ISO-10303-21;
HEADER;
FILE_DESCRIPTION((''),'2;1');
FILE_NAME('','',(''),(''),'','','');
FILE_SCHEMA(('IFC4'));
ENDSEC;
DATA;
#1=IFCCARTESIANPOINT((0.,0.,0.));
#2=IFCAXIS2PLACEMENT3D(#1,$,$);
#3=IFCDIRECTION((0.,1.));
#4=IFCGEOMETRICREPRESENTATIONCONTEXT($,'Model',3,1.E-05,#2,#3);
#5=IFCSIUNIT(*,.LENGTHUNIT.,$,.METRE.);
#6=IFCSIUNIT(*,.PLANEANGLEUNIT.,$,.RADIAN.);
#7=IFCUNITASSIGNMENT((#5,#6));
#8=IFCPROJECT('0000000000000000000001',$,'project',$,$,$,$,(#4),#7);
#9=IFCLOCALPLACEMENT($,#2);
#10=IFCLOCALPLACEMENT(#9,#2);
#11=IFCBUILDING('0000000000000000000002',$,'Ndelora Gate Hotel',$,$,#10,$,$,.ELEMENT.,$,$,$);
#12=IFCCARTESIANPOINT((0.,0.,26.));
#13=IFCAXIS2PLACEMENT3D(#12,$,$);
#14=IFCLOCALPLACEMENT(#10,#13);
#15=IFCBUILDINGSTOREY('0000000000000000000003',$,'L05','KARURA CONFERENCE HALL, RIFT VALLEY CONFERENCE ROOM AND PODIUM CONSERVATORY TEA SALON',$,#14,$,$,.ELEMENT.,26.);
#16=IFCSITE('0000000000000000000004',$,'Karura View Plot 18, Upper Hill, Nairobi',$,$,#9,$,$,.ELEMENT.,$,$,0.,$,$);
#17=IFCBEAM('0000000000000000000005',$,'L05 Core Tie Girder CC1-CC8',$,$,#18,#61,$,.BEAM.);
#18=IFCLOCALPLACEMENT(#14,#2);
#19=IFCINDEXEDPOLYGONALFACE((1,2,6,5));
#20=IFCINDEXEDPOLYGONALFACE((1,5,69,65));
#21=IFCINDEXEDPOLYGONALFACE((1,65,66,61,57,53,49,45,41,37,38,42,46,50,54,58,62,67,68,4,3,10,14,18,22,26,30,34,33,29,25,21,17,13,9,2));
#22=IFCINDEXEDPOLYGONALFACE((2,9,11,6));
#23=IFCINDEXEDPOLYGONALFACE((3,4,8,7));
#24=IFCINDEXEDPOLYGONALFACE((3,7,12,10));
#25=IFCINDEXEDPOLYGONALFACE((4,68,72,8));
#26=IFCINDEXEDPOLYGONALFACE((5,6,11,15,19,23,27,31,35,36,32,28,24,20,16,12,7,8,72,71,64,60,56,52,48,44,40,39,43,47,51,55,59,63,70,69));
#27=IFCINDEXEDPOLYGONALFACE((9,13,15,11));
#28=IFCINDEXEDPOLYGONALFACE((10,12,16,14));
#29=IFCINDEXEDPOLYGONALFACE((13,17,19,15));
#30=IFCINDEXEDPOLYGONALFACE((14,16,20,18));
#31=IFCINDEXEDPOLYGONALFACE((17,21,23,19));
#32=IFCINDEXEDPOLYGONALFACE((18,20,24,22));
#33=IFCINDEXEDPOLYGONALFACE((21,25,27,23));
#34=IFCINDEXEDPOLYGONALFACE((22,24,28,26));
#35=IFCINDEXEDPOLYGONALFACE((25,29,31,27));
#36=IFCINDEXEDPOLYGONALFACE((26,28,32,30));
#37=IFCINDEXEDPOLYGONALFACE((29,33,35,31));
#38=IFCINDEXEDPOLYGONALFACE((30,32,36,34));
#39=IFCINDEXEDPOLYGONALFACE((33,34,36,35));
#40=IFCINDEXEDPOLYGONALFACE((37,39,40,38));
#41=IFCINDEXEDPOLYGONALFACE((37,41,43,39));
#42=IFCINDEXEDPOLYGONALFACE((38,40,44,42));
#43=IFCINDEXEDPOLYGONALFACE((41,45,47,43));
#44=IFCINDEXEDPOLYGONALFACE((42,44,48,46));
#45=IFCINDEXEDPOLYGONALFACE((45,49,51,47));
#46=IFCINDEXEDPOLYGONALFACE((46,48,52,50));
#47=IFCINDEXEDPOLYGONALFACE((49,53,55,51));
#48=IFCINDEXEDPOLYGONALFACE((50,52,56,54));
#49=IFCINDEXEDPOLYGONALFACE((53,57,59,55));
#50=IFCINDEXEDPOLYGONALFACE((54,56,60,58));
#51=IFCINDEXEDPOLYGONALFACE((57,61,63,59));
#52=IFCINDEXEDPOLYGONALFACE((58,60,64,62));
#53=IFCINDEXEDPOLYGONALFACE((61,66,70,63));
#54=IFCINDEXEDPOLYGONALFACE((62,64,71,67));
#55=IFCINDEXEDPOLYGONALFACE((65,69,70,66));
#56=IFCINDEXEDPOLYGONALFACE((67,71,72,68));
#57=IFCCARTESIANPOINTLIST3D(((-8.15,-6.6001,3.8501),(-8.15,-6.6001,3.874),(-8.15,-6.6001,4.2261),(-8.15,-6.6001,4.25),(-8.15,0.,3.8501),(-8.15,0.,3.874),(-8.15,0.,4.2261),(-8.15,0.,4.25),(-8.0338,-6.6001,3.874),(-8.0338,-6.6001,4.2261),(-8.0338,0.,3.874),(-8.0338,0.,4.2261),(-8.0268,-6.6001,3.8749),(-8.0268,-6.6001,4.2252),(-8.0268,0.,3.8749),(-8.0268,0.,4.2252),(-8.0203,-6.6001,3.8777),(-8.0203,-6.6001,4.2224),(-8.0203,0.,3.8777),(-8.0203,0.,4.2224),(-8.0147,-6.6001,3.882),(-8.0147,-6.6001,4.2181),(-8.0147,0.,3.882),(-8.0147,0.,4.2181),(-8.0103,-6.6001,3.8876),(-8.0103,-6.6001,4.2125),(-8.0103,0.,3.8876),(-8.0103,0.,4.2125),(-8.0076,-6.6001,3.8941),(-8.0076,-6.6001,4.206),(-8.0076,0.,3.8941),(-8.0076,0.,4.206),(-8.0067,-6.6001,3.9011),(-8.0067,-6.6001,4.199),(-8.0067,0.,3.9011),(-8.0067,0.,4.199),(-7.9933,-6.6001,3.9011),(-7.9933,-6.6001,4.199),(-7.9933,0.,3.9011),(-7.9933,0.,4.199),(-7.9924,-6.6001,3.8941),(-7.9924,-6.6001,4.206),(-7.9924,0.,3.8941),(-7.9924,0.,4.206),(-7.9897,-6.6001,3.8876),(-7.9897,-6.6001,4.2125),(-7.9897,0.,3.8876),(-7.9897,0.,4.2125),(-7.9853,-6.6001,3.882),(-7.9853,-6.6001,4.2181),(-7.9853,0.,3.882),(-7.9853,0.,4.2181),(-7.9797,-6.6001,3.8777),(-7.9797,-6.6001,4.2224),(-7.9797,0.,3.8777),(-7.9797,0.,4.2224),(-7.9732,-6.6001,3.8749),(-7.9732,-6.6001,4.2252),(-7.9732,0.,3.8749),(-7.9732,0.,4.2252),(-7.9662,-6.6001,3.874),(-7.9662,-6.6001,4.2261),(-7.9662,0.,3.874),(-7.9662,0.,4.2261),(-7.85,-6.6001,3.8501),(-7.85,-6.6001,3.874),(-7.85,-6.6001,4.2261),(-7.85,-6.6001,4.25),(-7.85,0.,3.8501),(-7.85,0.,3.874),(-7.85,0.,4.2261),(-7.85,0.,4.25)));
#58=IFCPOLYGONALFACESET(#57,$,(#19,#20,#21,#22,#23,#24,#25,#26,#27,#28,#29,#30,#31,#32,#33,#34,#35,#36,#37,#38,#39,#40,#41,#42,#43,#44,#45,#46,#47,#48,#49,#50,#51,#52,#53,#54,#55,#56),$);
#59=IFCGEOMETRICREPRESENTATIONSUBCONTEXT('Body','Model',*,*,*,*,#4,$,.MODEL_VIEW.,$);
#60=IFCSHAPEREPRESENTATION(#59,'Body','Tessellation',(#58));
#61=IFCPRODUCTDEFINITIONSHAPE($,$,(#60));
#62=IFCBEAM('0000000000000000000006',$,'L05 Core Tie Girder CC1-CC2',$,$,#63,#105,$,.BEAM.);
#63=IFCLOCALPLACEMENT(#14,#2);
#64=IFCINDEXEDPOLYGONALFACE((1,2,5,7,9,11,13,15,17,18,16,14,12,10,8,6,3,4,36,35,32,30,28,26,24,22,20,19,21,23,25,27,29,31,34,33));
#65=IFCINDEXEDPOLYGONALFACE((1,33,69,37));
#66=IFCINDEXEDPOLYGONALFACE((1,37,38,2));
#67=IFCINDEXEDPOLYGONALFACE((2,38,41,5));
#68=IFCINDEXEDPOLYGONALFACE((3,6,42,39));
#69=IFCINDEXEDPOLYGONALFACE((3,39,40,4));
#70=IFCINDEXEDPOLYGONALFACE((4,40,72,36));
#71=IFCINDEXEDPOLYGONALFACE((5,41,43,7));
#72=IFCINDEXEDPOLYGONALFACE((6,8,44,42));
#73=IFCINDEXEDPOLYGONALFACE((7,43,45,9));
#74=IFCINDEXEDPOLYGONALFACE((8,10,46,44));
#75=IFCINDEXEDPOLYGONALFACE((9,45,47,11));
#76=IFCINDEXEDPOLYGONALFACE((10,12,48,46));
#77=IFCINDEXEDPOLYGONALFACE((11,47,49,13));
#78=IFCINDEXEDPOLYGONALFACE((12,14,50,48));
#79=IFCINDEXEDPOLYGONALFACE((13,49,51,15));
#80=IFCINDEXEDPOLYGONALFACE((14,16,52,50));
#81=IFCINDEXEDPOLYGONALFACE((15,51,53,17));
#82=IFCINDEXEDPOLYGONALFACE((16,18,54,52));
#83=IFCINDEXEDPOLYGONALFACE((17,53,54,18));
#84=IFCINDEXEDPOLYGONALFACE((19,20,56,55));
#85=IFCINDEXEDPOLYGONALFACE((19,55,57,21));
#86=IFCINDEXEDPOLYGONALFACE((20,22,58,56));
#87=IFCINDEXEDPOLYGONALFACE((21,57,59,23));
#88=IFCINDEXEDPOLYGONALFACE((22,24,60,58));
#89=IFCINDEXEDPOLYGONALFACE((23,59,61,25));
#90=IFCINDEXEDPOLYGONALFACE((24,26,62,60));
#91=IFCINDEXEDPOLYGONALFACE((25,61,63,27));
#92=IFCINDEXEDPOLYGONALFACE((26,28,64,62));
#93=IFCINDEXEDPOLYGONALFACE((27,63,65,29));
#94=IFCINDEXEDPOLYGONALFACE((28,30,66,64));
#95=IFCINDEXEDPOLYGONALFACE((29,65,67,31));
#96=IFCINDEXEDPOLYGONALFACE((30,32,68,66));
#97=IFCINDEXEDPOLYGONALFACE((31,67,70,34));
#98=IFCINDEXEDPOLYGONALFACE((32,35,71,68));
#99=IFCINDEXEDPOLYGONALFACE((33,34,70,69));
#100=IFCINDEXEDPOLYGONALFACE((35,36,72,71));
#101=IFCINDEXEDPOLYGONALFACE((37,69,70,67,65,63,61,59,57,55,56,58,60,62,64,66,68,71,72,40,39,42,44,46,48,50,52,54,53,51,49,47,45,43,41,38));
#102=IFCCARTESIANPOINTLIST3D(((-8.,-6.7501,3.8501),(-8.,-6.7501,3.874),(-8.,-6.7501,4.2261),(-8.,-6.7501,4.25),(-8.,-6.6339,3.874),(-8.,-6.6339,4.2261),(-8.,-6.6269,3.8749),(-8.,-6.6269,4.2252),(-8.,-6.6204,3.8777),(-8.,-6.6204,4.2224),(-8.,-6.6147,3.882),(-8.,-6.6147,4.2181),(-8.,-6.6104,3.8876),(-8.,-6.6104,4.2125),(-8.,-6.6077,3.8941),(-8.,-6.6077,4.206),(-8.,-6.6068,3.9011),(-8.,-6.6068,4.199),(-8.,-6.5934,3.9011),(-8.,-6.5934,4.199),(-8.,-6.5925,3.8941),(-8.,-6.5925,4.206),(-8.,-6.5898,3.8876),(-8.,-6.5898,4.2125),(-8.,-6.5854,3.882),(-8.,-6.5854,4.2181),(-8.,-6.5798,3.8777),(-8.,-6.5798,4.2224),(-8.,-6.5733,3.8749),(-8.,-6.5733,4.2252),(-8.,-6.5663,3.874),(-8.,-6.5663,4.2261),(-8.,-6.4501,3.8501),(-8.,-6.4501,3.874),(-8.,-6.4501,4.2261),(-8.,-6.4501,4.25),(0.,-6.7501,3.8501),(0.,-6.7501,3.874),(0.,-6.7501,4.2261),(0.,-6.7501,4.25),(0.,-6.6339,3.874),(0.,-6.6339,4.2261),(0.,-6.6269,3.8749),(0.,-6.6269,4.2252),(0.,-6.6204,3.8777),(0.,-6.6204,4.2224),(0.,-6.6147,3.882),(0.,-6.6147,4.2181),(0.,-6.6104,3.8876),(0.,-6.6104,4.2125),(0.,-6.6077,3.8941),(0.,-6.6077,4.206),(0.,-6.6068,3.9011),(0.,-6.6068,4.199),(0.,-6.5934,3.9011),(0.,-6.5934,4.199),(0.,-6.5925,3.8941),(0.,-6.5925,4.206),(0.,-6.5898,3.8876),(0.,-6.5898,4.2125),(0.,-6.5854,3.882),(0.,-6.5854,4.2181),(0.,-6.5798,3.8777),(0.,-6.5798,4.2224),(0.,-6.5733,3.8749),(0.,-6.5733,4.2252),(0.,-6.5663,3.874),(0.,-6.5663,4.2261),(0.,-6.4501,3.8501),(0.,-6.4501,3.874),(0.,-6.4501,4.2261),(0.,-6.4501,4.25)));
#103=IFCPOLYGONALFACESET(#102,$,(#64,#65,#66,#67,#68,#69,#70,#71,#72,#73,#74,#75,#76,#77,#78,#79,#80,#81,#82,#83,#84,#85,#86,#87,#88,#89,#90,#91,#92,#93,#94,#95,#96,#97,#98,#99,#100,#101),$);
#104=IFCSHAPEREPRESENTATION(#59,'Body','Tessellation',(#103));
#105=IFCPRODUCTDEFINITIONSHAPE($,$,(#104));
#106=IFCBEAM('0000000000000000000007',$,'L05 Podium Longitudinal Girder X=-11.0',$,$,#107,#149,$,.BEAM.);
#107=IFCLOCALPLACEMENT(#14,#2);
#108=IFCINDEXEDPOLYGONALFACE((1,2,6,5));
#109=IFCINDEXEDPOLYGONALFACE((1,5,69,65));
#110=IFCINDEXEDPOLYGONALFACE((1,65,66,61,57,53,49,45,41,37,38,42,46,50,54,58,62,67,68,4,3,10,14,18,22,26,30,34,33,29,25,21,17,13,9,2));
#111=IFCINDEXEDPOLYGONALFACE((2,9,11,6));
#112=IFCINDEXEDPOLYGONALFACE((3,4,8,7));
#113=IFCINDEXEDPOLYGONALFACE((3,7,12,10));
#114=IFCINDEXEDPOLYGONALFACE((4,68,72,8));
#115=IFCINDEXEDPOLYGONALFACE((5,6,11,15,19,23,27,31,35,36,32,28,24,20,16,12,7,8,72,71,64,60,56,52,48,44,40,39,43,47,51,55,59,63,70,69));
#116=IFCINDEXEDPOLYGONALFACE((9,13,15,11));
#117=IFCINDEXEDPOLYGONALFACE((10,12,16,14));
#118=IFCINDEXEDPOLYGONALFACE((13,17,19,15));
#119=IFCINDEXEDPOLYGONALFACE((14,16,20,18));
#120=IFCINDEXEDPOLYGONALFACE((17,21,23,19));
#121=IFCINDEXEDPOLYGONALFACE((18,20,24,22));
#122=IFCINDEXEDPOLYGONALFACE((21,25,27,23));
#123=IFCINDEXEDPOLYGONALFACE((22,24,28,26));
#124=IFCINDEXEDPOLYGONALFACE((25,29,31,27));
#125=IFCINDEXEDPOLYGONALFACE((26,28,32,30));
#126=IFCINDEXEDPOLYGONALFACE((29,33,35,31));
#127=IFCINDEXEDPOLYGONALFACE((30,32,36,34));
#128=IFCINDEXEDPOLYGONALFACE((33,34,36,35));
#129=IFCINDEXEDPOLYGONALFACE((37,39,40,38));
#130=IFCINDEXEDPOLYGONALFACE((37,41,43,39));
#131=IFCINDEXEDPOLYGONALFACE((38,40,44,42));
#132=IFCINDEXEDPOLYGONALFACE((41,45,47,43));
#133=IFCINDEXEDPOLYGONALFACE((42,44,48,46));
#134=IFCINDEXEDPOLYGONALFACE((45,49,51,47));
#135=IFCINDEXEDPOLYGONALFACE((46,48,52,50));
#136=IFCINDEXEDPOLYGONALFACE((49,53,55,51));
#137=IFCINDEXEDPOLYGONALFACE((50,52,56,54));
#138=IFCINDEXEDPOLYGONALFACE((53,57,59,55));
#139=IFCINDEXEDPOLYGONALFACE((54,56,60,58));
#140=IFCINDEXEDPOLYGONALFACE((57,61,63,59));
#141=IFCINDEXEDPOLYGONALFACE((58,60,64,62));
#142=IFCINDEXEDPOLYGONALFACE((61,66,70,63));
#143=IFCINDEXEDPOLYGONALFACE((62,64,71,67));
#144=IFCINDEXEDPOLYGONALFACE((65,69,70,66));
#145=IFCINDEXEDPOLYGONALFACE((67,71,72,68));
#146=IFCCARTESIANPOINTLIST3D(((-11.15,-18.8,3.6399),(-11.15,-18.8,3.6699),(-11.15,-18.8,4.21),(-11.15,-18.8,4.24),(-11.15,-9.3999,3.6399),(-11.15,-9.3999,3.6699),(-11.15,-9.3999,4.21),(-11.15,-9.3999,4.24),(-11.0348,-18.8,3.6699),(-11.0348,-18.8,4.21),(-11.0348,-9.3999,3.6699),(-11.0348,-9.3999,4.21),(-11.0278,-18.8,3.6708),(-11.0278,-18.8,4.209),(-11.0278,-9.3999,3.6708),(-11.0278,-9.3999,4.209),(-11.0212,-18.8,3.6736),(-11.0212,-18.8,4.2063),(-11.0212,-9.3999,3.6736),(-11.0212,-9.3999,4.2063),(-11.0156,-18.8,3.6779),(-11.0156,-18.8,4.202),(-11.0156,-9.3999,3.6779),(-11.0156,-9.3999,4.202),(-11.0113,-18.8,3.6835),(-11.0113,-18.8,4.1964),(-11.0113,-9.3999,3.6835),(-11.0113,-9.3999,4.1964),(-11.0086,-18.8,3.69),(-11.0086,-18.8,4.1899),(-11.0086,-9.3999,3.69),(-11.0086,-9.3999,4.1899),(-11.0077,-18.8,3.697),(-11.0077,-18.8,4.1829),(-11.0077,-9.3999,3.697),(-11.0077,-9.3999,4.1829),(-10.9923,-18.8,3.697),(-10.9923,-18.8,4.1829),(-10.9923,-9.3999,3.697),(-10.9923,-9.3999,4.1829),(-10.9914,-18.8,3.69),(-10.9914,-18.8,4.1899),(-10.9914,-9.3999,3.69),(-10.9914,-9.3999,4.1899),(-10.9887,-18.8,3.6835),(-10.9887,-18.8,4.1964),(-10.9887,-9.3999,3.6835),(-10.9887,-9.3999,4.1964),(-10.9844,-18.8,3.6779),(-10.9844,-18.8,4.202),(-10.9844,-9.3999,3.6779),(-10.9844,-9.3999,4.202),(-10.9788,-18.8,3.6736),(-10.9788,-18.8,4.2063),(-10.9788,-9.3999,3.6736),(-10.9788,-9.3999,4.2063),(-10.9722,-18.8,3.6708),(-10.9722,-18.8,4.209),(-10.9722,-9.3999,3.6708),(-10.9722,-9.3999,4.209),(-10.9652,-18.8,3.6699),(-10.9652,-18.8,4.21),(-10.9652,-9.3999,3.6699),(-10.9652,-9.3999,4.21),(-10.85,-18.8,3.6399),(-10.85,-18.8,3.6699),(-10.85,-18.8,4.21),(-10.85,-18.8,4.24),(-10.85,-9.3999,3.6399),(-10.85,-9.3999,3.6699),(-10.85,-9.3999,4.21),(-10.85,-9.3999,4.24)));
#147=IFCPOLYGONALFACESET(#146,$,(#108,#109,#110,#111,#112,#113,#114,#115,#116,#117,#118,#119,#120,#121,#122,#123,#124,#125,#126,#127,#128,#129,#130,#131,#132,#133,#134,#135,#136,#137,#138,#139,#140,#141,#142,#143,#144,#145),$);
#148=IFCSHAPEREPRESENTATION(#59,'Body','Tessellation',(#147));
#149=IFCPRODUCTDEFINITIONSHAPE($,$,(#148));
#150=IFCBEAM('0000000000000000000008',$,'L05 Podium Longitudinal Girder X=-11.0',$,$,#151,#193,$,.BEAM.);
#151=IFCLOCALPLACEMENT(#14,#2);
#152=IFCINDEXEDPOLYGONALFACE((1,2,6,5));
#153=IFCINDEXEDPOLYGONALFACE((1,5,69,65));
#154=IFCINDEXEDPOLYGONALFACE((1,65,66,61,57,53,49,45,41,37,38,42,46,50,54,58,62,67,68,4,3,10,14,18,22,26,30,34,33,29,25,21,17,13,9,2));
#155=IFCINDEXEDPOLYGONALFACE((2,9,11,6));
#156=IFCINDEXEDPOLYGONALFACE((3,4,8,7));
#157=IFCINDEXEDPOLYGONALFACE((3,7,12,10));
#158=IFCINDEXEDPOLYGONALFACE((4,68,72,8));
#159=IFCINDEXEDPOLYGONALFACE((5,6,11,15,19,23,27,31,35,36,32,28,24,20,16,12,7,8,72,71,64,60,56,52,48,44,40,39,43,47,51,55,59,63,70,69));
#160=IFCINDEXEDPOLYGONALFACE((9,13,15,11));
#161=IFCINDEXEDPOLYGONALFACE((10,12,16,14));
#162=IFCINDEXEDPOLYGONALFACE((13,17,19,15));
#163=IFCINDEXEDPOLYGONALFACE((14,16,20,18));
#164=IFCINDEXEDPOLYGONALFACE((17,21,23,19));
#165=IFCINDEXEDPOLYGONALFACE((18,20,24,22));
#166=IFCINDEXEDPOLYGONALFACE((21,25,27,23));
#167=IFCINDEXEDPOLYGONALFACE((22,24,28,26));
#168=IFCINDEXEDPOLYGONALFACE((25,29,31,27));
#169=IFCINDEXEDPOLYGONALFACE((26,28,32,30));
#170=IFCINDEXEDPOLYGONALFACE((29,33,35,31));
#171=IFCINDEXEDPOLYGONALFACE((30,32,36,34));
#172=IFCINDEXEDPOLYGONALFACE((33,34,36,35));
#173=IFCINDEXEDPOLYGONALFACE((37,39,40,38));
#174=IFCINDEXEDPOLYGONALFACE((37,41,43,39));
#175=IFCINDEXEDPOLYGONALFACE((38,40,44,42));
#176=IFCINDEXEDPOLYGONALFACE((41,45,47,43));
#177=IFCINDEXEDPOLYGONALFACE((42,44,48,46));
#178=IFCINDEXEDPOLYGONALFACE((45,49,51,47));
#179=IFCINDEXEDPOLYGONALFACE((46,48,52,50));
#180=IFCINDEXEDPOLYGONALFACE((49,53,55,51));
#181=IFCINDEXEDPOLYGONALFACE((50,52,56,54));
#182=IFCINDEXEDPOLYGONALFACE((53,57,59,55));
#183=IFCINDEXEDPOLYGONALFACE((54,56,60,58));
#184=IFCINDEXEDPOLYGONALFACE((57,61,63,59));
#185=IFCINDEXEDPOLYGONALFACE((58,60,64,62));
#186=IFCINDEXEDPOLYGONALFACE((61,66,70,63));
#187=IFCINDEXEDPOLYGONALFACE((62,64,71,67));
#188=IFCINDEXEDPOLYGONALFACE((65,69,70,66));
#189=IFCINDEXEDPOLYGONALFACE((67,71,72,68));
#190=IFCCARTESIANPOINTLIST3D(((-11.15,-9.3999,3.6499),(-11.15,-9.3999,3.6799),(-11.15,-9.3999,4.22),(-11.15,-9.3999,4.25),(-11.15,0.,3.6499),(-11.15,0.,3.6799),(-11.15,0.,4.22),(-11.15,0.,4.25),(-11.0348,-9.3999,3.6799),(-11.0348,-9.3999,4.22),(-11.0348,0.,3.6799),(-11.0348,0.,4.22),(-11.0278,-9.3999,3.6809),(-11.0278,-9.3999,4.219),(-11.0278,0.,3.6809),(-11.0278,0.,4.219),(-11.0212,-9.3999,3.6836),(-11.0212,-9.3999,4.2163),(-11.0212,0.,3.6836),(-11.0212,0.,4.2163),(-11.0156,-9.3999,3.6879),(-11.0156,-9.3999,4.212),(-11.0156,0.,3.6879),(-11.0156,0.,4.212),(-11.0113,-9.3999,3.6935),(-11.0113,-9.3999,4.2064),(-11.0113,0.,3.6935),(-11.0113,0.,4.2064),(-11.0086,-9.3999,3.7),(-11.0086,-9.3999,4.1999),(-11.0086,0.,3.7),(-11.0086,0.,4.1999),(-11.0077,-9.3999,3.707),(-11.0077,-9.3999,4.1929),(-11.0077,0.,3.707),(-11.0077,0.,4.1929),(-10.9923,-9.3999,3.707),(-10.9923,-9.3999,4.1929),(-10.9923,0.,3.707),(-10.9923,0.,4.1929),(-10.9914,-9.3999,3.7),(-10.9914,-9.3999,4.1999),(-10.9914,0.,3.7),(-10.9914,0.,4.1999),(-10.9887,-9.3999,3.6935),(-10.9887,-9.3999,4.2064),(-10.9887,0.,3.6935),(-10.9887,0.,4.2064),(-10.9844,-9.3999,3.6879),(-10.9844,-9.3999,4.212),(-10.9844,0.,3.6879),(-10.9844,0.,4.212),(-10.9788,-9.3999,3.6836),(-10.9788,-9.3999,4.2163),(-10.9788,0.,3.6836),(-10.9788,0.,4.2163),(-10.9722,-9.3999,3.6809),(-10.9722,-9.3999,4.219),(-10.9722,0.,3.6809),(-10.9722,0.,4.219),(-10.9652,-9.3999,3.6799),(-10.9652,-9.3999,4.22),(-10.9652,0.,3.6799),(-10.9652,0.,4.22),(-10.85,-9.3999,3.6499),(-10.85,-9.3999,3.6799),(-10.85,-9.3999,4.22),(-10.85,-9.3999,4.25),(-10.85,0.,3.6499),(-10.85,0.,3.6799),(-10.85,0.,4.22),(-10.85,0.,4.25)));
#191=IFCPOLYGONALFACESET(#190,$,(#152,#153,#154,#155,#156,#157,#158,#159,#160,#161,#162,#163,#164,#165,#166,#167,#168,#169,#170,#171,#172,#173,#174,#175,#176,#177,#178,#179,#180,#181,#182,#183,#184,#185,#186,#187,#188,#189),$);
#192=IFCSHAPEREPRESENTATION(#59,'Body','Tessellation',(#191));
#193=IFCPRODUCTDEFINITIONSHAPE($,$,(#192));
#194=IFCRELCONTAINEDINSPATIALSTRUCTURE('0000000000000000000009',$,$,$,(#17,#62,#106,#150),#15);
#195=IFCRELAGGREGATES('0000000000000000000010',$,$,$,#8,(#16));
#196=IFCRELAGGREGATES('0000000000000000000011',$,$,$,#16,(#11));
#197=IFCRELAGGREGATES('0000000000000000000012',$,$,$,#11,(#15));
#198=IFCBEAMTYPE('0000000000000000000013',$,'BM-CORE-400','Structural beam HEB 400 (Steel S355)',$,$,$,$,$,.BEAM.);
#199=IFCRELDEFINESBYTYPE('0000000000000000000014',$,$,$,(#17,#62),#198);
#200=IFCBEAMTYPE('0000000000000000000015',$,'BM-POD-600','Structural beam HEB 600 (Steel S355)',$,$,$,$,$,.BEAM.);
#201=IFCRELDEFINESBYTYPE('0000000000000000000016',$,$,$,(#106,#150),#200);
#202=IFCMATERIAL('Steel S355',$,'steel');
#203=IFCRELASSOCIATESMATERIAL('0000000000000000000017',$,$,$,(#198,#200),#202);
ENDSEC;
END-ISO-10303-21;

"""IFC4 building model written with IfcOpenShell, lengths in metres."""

from ifc_helpers import new_model, si_unit, direction, frame, origin, origin_2d, place, context, subcontext, project, spatial, i_section, extrude, material, material_profile, profile_set, type_object, element, save


model = new_model("IFC4")

# Units and contexts
model_context = context("Model", 3, precision=1e-05, world=origin(), true_north=direction((0.0, 1.0)))
body_context = subcontext(model_context, "Body", "Model", "MODEL_VIEW")
ifc_project = project(units=[si_unit("LENGTHUNIT", "METRE"), si_unit("PLANEANGLEUNIT", "RADIAN")], contexts=[model_context])

# Site, building, storey
site_placement = place(None, origin())
site = spatial("IfcSite", under=ifc_project, at=site_placement, Name="Karura View Plot 18, Upper Hill, Nairobi", CompositionType="ELEMENT", RefElevation=0.0)
building_placement = place(site_placement, origin())
building = spatial("IfcBuilding", under=site, at=building_placement, Name="Ndelora Gate Hotel", CompositionType="ELEMENT")
storey_placement = place(building_placement, frame((0.0, 0.0, 26.0)))
storey = spatial("IfcBuildingStorey", under=building, at=storey_placement, Name="L05", Description="KARURA CONFERENCE HALL, RIFT VALLEY CONFERENCE ROOM AND PODIUM CONSERVATORY TEA SALON", CompositionType="ELEMENT", Elevation=26.0)

# Beams
ifc_material_1 = material(Name="Steel S355", Category="steel")
ifc_material_profile_1 = material_profile(ifc_material_1, i_section(OverallWidth=0.3, OverallDepth=0.3999, WebThickness=0.0134, FlangeThickness=0.0239, FilletRadius=0.0271, at=origin_2d()), Name="HEB 400")
ifc_profile_set_1 = profile_set([ifc_material_profile_1], Name="Steel S355")
beam_type_1 = type_object("IfcBeamType", Name="BM-CORE-400", Description="Structural beam HEB 400 (Steel S355)", PredefinedType="BEAM", material=ifc_profile_set_1)
beam_1_placement = place(storey_placement, frame((-8.0, -6.6001, 4.05), z_axis=(0.0, 1.0, 0.0), x_axis=(-1.0, 0.0, 0.0)))
element("IfcBeam", 1, at=beam_1_placement, inside=storey, type_object=beam_type_1, Name="L05 Core Tie Girder CC1-CC8", PredefinedType="BEAM", context=body_context, shape_type="SweptSolid", body=[
    extrude(i_section(OverallWidth=0.3, OverallDepth=0.3999, WebThickness=0.0134, FlangeThickness=0.0239, FilletRadius=0.0271, at=origin_2d()), origin(), (0.0, 0.0, 1.0), 6.6001),
])
beam_2_placement = place(storey_placement, frame((-8.0, -6.6001, 4.05), z_axis=(1.0, 0.0, 0.0), x_axis=(0.0, 1.0, 0.0)))
element("IfcBeam", 2, at=beam_2_placement, inside=storey, type_object=beam_type_1, Name="L05 Core Tie Girder CC1-CC2", PredefinedType="BEAM", context=body_context, shape_type="SweptSolid", body=[
    extrude(i_section(OverallWidth=0.3, OverallDepth=0.3999, WebThickness=0.0134, FlangeThickness=0.0239, FilletRadius=0.0271, at=origin_2d()), origin(), (0.0, 0.0, 1.0), 8.0),
])
ifc_material_profile_2 = material_profile(ifc_material_1, i_section(OverallWidth=0.3, OverallDepth=0.6001, WebThickness=0.0154, FlangeThickness=0.03, FilletRadius=0.0271, at=origin_2d()), Name="HEB 600")
ifc_profile_set_2 = profile_set([ifc_material_profile_2], Name="Steel S355")
beam_type_2 = type_object("IfcBeamType", Name="BM-POD-600", Description="Structural beam HEB 600 (Steel S355)", PredefinedType="BEAM", material=ifc_profile_set_2)
beam_3_placement = place(storey_placement, frame((-11.0, -18.8, 3.9399), z_axis=(0.0, 1.0, 0.0), x_axis=(-1.0, 0.0, 0.0)))
element("IfcBeam", 3, at=beam_3_placement, inside=storey, type_object=beam_type_2, Name="L05 Podium Longitudinal Girder X=-11.0", PredefinedType="BEAM", context=body_context, shape_type="SweptSolid", body=[
    extrude(i_section(OverallWidth=0.3, OverallDepth=0.6001, WebThickness=0.0154, FlangeThickness=0.03, FilletRadius=0.0271, at=origin_2d()), origin(), (0.0, 0.0, 1.0), 9.4001),
])
beam_4_placement = place(storey_placement, frame((-11.0, -9.3999, 3.95), z_axis=(0.0, 1.0, 0.0), x_axis=(-1.0, 0.0, 0.0)))
element("IfcBeam", 4, at=beam_4_placement, inside=storey, type_object=beam_type_2, Name="L05 Podium Longitudinal Girder X=-11.0", PredefinedType="BEAM", context=body_context, shape_type="SweptSolid", body=[
    extrude(i_section(OverallWidth=0.3, OverallDepth=0.6001, WebThickness=0.0154, FlangeThickness=0.03, FilletRadius=0.0271, at=origin_2d()), origin(), (0.0, 0.0, 1.0), 9.3999),
])

save(model, "model.ifc")
